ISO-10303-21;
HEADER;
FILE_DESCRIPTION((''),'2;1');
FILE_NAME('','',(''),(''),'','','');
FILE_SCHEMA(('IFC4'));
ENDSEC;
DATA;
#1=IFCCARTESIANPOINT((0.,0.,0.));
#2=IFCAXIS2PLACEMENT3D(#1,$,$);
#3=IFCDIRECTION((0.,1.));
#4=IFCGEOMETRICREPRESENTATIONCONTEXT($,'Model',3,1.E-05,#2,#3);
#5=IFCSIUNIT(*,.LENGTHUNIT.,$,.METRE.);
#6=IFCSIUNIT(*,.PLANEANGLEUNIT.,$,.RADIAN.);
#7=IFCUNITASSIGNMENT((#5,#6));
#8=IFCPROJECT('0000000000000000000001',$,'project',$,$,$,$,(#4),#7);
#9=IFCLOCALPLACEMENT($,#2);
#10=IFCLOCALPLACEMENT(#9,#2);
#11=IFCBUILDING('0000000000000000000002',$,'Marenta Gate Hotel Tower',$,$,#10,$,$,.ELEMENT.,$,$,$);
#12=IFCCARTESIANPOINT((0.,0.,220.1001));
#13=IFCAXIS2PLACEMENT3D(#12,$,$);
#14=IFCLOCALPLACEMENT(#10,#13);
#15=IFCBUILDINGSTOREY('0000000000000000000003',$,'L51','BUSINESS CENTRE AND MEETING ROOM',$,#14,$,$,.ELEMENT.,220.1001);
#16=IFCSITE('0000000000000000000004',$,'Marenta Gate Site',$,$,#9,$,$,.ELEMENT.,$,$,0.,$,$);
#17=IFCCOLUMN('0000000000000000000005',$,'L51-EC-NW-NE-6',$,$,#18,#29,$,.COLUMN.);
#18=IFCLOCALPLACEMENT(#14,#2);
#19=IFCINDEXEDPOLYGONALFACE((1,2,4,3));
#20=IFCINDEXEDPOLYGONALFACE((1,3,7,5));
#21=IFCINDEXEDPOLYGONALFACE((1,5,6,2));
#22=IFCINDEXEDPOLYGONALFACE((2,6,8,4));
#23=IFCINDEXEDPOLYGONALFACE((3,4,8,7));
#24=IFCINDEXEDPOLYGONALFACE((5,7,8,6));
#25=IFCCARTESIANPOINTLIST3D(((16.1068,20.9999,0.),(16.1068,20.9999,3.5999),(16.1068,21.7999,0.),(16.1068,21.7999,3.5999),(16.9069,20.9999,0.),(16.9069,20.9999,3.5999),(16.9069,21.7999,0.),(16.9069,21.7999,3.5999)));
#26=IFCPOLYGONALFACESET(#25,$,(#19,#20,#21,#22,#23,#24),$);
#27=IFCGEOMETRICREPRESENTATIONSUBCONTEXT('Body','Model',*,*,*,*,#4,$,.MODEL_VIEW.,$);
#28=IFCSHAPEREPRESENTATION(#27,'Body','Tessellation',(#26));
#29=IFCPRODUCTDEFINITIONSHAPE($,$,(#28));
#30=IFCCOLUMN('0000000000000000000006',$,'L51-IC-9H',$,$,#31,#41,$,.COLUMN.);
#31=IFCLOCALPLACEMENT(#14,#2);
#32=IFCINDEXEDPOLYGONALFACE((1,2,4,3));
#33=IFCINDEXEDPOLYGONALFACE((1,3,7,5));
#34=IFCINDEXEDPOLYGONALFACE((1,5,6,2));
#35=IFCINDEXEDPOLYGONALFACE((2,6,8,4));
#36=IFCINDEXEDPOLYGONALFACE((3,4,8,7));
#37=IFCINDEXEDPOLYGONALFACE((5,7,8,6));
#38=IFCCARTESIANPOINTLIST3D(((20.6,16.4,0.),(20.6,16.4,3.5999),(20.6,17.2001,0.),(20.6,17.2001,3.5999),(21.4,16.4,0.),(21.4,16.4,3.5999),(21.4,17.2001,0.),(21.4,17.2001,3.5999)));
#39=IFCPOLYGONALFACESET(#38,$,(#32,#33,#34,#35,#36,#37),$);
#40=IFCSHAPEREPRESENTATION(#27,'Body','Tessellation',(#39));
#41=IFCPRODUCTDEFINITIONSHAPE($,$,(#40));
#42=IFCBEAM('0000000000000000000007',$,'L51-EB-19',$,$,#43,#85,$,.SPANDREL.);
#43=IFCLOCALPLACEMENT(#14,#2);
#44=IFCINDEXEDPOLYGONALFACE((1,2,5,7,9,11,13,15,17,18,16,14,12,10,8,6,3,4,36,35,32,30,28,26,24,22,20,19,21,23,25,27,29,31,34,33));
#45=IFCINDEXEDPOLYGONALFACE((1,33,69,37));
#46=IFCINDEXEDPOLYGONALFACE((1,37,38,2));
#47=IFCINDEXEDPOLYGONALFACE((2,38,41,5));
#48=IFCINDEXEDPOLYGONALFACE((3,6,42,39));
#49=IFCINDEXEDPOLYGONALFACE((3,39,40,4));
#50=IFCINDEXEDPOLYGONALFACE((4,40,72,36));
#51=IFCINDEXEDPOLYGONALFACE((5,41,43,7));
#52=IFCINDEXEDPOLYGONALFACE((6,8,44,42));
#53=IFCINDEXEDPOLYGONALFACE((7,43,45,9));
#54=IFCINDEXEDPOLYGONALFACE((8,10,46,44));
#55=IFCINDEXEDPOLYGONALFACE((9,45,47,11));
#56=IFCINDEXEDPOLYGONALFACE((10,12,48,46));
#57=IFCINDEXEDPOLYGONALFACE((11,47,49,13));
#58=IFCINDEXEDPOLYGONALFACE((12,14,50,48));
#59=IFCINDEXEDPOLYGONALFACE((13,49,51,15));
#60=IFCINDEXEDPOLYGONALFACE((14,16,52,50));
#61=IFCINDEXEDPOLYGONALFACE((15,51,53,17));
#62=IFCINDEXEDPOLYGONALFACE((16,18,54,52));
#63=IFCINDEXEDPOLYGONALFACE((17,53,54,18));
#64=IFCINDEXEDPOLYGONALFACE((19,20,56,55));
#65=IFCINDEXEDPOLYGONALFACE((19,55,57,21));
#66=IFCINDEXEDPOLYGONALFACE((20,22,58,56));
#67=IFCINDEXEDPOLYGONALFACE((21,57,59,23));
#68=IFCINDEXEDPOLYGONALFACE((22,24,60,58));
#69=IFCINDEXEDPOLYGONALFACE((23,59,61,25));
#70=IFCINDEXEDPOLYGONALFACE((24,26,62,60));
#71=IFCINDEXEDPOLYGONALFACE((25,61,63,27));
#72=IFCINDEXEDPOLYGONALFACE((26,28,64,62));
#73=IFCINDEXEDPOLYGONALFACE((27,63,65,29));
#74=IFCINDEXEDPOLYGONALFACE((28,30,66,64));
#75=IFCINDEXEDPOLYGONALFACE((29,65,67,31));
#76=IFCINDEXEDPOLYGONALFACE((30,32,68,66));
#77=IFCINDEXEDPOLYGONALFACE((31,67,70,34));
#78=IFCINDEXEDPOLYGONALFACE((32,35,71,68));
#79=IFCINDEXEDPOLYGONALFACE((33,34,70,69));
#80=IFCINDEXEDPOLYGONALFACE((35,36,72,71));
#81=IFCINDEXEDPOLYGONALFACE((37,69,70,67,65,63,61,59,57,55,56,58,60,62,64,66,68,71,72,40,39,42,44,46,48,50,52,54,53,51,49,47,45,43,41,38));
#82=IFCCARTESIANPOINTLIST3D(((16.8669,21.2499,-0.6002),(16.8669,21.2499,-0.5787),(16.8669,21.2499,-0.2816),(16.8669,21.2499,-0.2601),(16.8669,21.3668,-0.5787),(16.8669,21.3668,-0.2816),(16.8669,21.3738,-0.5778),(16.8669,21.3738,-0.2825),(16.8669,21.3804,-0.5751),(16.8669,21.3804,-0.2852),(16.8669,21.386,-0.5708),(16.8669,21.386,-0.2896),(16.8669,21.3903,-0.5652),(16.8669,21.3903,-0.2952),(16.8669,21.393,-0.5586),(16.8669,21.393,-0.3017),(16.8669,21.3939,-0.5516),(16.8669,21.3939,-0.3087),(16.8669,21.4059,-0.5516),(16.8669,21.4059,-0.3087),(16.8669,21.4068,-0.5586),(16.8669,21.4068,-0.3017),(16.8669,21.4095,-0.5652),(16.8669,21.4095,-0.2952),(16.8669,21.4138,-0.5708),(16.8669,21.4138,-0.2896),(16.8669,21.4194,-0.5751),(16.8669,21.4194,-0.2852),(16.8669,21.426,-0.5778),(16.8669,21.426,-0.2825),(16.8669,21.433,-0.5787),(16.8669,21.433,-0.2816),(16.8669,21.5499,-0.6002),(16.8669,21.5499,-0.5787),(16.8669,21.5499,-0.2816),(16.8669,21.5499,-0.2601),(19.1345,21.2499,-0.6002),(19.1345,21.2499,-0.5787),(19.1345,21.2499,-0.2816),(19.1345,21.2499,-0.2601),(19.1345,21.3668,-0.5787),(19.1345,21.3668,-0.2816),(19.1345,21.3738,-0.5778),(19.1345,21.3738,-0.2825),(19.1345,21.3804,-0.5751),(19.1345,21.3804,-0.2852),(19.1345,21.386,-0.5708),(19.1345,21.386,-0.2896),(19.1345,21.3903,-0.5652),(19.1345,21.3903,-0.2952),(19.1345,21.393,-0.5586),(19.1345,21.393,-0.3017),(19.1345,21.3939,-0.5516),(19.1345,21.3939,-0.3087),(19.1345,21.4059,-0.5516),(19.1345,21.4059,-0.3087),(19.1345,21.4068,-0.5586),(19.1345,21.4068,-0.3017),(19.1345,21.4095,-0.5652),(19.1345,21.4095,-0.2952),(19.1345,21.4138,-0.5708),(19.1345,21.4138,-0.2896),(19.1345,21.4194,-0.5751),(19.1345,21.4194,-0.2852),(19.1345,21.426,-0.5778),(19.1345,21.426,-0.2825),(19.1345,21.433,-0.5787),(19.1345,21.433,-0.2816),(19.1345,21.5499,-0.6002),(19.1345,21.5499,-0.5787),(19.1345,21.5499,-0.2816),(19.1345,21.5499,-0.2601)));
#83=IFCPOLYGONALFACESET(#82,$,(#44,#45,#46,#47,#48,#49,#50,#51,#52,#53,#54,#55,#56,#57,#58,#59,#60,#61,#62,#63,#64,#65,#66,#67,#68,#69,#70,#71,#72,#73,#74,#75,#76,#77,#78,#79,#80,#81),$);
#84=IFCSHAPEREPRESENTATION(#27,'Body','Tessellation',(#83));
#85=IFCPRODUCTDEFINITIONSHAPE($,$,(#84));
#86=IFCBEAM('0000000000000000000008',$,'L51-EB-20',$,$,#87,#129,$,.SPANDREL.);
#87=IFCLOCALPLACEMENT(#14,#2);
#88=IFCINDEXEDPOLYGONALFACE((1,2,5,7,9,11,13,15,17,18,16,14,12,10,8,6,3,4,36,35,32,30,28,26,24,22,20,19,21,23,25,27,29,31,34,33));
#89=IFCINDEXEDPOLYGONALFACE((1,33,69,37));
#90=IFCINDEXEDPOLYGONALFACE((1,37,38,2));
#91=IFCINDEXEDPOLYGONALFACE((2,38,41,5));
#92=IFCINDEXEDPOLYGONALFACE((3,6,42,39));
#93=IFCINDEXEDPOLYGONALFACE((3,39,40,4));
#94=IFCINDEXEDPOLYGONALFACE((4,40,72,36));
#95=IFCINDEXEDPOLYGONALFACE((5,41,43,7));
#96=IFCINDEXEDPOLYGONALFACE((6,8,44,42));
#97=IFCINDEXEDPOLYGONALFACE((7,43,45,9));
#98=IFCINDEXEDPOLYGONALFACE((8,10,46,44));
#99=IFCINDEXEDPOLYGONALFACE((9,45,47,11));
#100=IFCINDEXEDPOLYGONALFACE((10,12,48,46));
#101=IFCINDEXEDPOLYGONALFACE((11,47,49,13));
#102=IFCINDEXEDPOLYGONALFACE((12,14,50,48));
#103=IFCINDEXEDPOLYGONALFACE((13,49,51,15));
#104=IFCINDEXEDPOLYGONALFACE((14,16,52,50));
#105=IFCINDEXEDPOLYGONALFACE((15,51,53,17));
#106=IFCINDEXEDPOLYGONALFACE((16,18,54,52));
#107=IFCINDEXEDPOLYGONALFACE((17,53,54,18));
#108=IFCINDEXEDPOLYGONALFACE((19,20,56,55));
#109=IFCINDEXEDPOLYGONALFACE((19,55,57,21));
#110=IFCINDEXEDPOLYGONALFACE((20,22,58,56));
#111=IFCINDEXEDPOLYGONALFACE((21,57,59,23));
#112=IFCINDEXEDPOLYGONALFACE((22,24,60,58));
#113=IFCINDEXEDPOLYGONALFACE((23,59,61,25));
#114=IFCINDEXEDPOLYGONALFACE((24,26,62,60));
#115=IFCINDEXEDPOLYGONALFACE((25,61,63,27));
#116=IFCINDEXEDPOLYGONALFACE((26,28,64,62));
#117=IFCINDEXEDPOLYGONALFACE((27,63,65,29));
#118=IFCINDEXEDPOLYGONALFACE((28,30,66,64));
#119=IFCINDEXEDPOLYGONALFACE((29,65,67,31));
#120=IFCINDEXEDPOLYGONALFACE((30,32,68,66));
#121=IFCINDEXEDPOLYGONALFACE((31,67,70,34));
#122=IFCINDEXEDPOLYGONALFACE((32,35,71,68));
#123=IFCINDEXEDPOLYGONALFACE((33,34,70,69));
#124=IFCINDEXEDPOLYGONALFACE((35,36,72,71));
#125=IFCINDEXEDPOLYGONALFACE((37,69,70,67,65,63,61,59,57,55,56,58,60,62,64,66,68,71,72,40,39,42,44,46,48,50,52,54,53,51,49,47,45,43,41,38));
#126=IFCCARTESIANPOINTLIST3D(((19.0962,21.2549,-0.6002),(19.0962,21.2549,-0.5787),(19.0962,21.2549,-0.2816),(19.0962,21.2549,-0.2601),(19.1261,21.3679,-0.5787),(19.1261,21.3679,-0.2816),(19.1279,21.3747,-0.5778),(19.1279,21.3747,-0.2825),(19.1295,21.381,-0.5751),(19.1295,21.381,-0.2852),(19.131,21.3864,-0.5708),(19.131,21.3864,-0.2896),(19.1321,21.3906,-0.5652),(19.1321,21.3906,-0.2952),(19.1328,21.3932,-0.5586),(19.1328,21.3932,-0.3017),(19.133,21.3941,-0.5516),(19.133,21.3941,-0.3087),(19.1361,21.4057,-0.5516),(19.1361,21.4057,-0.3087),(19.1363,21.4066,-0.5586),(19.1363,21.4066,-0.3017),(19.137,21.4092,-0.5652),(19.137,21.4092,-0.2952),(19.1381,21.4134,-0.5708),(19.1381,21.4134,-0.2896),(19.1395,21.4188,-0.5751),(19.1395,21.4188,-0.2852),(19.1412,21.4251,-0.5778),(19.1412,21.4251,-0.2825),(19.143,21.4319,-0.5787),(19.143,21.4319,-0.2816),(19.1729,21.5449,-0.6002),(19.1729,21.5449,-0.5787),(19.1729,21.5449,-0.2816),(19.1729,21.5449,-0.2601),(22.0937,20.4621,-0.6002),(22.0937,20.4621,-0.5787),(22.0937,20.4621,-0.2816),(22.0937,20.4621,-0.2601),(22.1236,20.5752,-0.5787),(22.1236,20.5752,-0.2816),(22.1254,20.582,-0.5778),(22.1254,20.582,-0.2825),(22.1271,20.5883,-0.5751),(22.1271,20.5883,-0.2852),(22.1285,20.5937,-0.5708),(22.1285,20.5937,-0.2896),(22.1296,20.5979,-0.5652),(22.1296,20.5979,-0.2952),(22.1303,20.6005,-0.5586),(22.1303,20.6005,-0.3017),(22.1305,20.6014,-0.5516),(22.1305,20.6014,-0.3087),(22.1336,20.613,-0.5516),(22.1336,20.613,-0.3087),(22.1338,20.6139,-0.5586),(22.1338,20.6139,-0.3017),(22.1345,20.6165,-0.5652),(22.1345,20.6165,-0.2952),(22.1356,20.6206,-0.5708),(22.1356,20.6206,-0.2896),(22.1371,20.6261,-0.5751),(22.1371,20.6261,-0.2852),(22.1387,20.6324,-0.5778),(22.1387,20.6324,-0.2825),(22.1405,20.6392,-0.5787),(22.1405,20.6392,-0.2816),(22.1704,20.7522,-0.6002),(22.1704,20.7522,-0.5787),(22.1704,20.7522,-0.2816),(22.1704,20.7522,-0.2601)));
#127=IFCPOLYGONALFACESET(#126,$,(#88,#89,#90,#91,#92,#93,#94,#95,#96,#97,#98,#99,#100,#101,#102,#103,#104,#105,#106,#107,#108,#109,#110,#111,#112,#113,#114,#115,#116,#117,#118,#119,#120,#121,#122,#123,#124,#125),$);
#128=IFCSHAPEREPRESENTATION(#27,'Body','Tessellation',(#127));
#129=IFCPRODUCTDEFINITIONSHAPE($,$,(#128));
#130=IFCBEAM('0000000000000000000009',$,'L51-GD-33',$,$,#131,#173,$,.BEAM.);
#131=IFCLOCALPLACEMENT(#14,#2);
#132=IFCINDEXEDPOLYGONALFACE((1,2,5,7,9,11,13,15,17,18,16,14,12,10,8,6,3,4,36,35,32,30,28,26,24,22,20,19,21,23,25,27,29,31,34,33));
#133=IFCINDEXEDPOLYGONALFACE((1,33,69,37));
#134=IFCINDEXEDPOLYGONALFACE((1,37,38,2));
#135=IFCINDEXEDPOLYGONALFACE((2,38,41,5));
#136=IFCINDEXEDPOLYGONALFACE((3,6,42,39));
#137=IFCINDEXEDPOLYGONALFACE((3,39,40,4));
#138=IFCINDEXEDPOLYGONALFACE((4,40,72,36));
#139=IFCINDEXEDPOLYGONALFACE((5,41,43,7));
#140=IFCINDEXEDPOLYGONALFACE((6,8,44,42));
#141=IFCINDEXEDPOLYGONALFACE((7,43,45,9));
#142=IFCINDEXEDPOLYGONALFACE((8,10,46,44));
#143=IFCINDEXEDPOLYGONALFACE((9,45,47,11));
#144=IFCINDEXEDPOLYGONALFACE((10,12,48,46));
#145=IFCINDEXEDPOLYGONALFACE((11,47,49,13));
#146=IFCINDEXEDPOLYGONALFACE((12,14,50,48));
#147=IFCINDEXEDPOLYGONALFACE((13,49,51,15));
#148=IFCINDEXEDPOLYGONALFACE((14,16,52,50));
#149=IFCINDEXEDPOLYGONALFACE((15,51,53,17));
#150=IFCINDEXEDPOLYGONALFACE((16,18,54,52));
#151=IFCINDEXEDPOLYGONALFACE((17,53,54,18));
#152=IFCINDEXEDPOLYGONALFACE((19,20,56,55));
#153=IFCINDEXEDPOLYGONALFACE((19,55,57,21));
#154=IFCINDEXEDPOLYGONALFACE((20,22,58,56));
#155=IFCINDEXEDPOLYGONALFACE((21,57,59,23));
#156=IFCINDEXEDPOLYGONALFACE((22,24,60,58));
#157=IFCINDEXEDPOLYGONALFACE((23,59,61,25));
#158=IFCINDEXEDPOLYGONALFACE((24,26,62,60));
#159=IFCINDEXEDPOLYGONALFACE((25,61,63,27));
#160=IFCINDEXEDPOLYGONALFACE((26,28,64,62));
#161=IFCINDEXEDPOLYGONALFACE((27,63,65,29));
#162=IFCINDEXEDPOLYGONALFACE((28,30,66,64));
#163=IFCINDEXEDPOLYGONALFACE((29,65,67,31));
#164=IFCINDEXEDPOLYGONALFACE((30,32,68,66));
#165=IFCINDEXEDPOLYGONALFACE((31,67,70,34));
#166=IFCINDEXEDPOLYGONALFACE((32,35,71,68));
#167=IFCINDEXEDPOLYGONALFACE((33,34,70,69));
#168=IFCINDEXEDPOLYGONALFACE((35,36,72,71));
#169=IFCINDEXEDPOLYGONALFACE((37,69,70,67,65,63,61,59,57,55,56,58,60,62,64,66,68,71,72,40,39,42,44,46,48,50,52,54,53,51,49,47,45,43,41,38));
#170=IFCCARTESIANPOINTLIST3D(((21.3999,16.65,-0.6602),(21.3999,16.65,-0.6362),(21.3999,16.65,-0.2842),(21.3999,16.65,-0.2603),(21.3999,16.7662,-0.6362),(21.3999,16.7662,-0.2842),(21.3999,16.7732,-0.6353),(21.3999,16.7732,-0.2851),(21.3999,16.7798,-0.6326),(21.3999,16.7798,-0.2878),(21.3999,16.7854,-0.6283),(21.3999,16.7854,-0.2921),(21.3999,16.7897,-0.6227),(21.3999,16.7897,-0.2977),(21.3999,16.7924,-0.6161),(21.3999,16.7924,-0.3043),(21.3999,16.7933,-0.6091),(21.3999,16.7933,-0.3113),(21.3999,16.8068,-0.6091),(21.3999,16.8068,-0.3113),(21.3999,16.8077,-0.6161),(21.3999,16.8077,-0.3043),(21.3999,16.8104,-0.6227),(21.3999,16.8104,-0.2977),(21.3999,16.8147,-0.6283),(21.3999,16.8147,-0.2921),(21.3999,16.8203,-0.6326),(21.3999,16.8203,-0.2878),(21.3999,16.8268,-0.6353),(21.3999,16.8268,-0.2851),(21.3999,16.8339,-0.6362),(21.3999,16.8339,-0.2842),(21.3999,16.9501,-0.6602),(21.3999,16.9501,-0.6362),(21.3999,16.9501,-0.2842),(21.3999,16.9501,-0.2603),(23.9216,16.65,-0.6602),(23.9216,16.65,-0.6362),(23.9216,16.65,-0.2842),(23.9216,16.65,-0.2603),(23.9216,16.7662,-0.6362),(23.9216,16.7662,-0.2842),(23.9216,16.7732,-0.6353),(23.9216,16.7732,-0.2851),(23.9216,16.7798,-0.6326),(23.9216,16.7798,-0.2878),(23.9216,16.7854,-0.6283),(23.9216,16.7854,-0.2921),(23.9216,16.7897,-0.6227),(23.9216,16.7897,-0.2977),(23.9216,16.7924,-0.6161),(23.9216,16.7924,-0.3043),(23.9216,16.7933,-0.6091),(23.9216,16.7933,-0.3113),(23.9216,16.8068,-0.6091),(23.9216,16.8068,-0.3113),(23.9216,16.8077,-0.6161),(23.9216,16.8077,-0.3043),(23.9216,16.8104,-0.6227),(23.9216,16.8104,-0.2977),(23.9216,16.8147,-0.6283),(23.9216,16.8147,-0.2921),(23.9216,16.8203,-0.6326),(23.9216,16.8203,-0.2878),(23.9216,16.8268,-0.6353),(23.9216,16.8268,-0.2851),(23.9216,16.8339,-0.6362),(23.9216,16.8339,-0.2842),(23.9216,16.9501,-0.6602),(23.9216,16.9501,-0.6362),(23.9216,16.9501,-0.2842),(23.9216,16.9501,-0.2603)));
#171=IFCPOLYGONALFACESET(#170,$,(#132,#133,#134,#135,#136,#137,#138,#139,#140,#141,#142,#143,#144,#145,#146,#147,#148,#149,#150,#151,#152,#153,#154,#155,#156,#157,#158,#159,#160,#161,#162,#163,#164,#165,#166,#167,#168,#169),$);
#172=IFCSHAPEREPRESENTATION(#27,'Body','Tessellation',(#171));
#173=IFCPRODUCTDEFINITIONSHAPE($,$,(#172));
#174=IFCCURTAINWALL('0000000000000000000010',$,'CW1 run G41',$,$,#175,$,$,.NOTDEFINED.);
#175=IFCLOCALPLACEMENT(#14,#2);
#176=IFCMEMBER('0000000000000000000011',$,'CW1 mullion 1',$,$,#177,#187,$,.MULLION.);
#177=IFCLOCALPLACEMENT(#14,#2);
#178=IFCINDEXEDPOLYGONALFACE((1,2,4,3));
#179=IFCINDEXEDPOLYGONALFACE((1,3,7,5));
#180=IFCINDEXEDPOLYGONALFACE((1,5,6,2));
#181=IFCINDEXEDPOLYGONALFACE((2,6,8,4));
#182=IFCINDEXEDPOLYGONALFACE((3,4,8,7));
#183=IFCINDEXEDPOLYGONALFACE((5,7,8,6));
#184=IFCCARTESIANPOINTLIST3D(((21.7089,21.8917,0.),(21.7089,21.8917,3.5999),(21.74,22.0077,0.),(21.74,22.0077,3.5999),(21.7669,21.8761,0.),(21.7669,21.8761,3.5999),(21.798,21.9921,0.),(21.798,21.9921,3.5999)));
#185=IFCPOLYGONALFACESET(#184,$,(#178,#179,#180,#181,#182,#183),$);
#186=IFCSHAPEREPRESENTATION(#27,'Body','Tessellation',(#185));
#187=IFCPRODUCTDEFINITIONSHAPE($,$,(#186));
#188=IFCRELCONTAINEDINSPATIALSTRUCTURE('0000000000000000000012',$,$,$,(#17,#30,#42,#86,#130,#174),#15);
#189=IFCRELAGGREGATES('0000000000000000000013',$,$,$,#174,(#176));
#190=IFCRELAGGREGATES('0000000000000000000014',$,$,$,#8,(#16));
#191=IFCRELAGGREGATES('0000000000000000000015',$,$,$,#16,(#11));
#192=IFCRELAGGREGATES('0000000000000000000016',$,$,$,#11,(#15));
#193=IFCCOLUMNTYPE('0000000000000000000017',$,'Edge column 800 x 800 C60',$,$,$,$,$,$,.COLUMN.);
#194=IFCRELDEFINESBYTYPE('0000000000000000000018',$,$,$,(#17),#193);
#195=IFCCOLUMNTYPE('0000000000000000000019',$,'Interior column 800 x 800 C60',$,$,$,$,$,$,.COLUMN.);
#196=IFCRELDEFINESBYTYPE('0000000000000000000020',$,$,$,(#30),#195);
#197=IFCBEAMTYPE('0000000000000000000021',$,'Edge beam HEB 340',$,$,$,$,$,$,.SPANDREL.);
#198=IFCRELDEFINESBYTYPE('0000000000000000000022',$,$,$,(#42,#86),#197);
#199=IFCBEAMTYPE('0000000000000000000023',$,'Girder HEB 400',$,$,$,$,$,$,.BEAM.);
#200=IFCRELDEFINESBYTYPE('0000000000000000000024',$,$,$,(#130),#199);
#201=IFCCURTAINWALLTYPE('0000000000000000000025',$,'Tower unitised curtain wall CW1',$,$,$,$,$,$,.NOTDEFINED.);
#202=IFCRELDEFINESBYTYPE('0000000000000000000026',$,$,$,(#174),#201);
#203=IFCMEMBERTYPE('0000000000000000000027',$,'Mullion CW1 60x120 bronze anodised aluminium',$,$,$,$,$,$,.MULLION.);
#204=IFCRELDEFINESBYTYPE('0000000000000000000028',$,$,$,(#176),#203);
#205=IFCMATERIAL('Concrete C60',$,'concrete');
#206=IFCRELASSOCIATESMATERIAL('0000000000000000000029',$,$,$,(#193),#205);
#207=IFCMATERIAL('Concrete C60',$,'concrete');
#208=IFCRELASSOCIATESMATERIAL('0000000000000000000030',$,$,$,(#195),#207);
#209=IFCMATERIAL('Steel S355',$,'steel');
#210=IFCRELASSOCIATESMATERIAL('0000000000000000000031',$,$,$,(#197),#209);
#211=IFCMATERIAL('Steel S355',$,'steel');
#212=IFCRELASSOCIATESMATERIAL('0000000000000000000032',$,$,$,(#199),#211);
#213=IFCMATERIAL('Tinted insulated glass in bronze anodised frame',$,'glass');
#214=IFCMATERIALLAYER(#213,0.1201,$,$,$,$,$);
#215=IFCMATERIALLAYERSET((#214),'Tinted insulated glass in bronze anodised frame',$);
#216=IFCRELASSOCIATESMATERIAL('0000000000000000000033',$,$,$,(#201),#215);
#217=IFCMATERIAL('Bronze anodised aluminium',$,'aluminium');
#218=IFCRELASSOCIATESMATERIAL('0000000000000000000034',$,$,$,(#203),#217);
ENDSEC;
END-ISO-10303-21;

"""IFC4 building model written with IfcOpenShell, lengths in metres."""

from ifc_helpers import new_model, si_unit, direction, frame, origin, origin_2d, place, context, subcontext, project, spatial, rectangle, i_section, extrude, material, layer, layer_set, material_profile, profile_set, type_object, element, aggregate, save


model = new_model("IFC4")

# Units and contexts
model_context = context("Model", 3, precision=1e-05, world=origin(), true_north=direction((0.0, 1.0)))
body_context = subcontext(model_context, "Body", "Model", "MODEL_VIEW")
ifc_project = project(units=[si_unit("LENGTHUNIT", "METRE"), si_unit("PLANEANGLEUNIT", "RADIAN")], contexts=[model_context])

# Site, building, storey
site_placement = place(None, origin())
site = spatial("IfcSite", under=ifc_project, at=site_placement, Name="Marenta Gate Site", CompositionType="ELEMENT", RefElevation=0.0)
building_placement = place(site_placement, origin())
building = spatial("IfcBuilding", under=site, at=building_placement, Name="Marenta Gate Hotel Tower", CompositionType="ELEMENT")
storey_placement = place(building_placement, frame((0.0, 0.0, 220.1001)))
storey = spatial("IfcBuildingStorey", under=building, at=storey_placement, Name="L51", Description="BUSINESS CENTRE AND MEETING ROOM", CompositionType="ELEMENT", Elevation=220.1001)

# Columns
ifc_material_1 = material(Name="Concrete C60", Category="concrete")
ifc_material_profile_1 = material_profile(ifc_material_1, rectangle(XDim=0.8, YDim=0.8, at=origin_2d()), Name="800 x 800")
ifc_profile_set_1 = profile_set([ifc_material_profile_1], Name="Concrete C60")
column_type_1 = type_object("IfcColumnType", Name="Edge column 800 x 800 C60", PredefinedType="COLUMN", material=ifc_profile_set_1)
column_1_placement = place(storey_placement, frame((16.5068, 21.3999, 0.0), z_axis=(0.0, 0.0, 1.0), x_axis=(1.0, 0.0, 0.0)))
element("IfcColumn", 1, at=column_1_placement, inside=storey, type_object=column_type_1, Name="L51-EC-NW-NE-6", PredefinedType="COLUMN", context=body_context, shape_type="SweptSolid", body=[
    extrude(rectangle(XDim=0.8, YDim=0.8, at=origin_2d()), origin(), (0.0, 0.0, 1.0), 3.5999),
])
ifc_material_2 = material(Name="Concrete C60", Category="concrete")
ifc_material_profile_2 = material_profile(ifc_material_2, rectangle(XDim=0.8, YDim=0.8, at=origin_2d()), Name="800 x 800")
ifc_profile_set_2 = profile_set([ifc_material_profile_2], Name="Concrete C60")
column_type_2 = type_object("IfcColumnType", Name="Interior column 800 x 800 C60", PredefinedType="COLUMN", material=ifc_profile_set_2)
column_2_placement = place(storey_placement, frame((21.0, 16.8, 0.0), z_axis=(0.0, 0.0, 1.0), x_axis=(1.0, 0.0, 0.0)))
element("IfcColumn", 2, at=column_2_placement, inside=storey, type_object=column_type_2, Name="L51-IC-9H", PredefinedType="COLUMN", context=body_context, shape_type="SweptSolid", body=[
    extrude(rectangle(XDim=0.8, YDim=0.8, at=origin_2d()), origin(), (0.0, 0.0, 1.0), 3.5999),
])

# Beams
ifc_material_3 = material(Name="Steel S355", Category="steel")
ifc_material_profile_3 = material_profile(ifc_material_3, i_section(OverallWidth=0.3, OverallDepth=0.3401, WebThickness=0.012, FlangeThickness=0.0215, FilletRadius=0.0271, at=origin_2d()), Name="HEB 340")
ifc_profile_set_3 = profile_set([ifc_material_profile_3], Name="Steel S355")
beam_type_1 = type_object("IfcBeamType", Name="Edge beam HEB 340", PredefinedType="SPANDREL", material=ifc_profile_set_3)
beam_1_placement = place(storey_placement, frame((16.8669, 21.3999, -0.4302), z_axis=(1.0, 0.0, 0.0), x_axis=(0.0, 1.0, 0.0)))
element("IfcBeam", 3, at=beam_1_placement, inside=storey, type_object=beam_type_1, Name="L51-EB-19", PredefinedType="SPANDREL", context=body_context, shape_type="SweptSolid", body=[
    extrude(i_section(OverallWidth=0.3, OverallDepth=0.3401, WebThickness=0.012, FlangeThickness=0.0215, FilletRadius=0.0271, at=origin_2d()), origin(), (0.0, 0.0, 1.0), 2.2676),
])
beam_2_placement = place(storey_placement, frame((19.1345, 21.3999, -0.4302), z_axis=(0.966765, -0.255667, 0.0), x_axis=(0.255667, 0.966765, 0.0)))
element("IfcBeam", 4, at=beam_2_placement, inside=storey, type_object=beam_type_1, Name="L51-EB-20", PredefinedType="SPANDREL", context=body_context, shape_type="SweptSolid", body=[
    extrude(i_section(OverallWidth=0.3, OverallDepth=0.3401, WebThickness=0.012, FlangeThickness=0.0215, FilletRadius=0.0271, at=origin_2d()), origin(), (0.0, 0.0, 1.0), 3.1006),
])
ifc_material_4 = material(Name="Steel S355", Category="steel")
ifc_material_profile_4 = material_profile(ifc_material_4, i_section(OverallWidth=0.3, OverallDepth=0.3999, WebThickness=0.0134, FlangeThickness=0.0239, FilletRadius=0.0271, at=origin_2d()), Name="HEB 400")
ifc_profile_set_4 = profile_set([ifc_material_profile_4], Name="Steel S355")
beam_type_2 = type_object("IfcBeamType", Name="Girder HEB 400", PredefinedType="BEAM", material=ifc_profile_set_4)
beam_3_placement = place(storey_placement, frame((21.3999, 16.8, -0.4602), z_axis=(1.0, 0.0, 0.0), x_axis=(0.0, 1.0, 0.0)))
element("IfcBeam", 5, at=beam_3_placement, inside=storey, type_object=beam_type_2, Name="L51-GD-33", PredefinedType="BEAM", context=body_context, shape_type="SweptSolid", body=[
    extrude(i_section(OverallWidth=0.3, OverallDepth=0.3999, WebThickness=0.0134, FlangeThickness=0.0239, FilletRadius=0.0271, at=origin_2d()), origin(), (0.0, 0.0, 1.0), 2.5217),
])

# Curtain wall, member
ifc_material_5 = material(Name="Tinted insulated glass in bronze anodised frame", Category="glass")
ifc_layer_1 = layer(ifc_material_5, 0.1201)
ifc_layer_set_1 = layer_set([ifc_layer_1], Name="Tinted insulated glass in bronze anodised frame")
curtain_wall_type = type_object("IfcCurtainWallType", Name="Tower unitised curtain wall CW1", PredefinedType="NOTDEFINED", material=ifc_layer_set_1)
curtain_wall_placement = place(storey_placement, origin())
curtain_wall = element("IfcCurtainWall", 6, at=curtain_wall_placement, inside=storey, type_object=curtain_wall_type, Name="CW1 run G41", PredefinedType="NOTDEFINED")
ifc_material_6 = material(Name="Bronze anodised aluminium", Category="aluminium")
ifc_material_profile_5 = material_profile(ifc_material_6, rectangle(XDim=0.1201, YDim=0.0601, at=origin_2d()), Name="Mullion CW1 60x120 bronze anodised aluminium")
ifc_profile_set_5 = profile_set([ifc_material_profile_5], Name="Bronze anodised aluminium")
member_type_1 = type_object("IfcMemberType", Name="Mullion CW1 60x120 bronze anodised aluminium", PredefinedType="MULLION", material=ifc_profile_set_5)
member_1_placement = place(storey_placement, frame((21.7534, 21.9419, 0.0), z_axis=(0.0, 0.0, 1.0), x_axis=(-0.258805, -0.96593, 0.0)))
member_1 = element("IfcMember", 7, at=member_1_placement, type_object=member_type_1, Name="CW1 mullion 1", PredefinedType="MULLION", context=body_context, shape_type="SweptSolid", body=[
    extrude(rectangle(XDim=0.1201, YDim=0.0601, at=origin_2d()), origin(), (0.0, 0.0, 1.0), 3.5999),
])
aggregate(curtain_wall, [member_1])

save(model, "model.ifc")
